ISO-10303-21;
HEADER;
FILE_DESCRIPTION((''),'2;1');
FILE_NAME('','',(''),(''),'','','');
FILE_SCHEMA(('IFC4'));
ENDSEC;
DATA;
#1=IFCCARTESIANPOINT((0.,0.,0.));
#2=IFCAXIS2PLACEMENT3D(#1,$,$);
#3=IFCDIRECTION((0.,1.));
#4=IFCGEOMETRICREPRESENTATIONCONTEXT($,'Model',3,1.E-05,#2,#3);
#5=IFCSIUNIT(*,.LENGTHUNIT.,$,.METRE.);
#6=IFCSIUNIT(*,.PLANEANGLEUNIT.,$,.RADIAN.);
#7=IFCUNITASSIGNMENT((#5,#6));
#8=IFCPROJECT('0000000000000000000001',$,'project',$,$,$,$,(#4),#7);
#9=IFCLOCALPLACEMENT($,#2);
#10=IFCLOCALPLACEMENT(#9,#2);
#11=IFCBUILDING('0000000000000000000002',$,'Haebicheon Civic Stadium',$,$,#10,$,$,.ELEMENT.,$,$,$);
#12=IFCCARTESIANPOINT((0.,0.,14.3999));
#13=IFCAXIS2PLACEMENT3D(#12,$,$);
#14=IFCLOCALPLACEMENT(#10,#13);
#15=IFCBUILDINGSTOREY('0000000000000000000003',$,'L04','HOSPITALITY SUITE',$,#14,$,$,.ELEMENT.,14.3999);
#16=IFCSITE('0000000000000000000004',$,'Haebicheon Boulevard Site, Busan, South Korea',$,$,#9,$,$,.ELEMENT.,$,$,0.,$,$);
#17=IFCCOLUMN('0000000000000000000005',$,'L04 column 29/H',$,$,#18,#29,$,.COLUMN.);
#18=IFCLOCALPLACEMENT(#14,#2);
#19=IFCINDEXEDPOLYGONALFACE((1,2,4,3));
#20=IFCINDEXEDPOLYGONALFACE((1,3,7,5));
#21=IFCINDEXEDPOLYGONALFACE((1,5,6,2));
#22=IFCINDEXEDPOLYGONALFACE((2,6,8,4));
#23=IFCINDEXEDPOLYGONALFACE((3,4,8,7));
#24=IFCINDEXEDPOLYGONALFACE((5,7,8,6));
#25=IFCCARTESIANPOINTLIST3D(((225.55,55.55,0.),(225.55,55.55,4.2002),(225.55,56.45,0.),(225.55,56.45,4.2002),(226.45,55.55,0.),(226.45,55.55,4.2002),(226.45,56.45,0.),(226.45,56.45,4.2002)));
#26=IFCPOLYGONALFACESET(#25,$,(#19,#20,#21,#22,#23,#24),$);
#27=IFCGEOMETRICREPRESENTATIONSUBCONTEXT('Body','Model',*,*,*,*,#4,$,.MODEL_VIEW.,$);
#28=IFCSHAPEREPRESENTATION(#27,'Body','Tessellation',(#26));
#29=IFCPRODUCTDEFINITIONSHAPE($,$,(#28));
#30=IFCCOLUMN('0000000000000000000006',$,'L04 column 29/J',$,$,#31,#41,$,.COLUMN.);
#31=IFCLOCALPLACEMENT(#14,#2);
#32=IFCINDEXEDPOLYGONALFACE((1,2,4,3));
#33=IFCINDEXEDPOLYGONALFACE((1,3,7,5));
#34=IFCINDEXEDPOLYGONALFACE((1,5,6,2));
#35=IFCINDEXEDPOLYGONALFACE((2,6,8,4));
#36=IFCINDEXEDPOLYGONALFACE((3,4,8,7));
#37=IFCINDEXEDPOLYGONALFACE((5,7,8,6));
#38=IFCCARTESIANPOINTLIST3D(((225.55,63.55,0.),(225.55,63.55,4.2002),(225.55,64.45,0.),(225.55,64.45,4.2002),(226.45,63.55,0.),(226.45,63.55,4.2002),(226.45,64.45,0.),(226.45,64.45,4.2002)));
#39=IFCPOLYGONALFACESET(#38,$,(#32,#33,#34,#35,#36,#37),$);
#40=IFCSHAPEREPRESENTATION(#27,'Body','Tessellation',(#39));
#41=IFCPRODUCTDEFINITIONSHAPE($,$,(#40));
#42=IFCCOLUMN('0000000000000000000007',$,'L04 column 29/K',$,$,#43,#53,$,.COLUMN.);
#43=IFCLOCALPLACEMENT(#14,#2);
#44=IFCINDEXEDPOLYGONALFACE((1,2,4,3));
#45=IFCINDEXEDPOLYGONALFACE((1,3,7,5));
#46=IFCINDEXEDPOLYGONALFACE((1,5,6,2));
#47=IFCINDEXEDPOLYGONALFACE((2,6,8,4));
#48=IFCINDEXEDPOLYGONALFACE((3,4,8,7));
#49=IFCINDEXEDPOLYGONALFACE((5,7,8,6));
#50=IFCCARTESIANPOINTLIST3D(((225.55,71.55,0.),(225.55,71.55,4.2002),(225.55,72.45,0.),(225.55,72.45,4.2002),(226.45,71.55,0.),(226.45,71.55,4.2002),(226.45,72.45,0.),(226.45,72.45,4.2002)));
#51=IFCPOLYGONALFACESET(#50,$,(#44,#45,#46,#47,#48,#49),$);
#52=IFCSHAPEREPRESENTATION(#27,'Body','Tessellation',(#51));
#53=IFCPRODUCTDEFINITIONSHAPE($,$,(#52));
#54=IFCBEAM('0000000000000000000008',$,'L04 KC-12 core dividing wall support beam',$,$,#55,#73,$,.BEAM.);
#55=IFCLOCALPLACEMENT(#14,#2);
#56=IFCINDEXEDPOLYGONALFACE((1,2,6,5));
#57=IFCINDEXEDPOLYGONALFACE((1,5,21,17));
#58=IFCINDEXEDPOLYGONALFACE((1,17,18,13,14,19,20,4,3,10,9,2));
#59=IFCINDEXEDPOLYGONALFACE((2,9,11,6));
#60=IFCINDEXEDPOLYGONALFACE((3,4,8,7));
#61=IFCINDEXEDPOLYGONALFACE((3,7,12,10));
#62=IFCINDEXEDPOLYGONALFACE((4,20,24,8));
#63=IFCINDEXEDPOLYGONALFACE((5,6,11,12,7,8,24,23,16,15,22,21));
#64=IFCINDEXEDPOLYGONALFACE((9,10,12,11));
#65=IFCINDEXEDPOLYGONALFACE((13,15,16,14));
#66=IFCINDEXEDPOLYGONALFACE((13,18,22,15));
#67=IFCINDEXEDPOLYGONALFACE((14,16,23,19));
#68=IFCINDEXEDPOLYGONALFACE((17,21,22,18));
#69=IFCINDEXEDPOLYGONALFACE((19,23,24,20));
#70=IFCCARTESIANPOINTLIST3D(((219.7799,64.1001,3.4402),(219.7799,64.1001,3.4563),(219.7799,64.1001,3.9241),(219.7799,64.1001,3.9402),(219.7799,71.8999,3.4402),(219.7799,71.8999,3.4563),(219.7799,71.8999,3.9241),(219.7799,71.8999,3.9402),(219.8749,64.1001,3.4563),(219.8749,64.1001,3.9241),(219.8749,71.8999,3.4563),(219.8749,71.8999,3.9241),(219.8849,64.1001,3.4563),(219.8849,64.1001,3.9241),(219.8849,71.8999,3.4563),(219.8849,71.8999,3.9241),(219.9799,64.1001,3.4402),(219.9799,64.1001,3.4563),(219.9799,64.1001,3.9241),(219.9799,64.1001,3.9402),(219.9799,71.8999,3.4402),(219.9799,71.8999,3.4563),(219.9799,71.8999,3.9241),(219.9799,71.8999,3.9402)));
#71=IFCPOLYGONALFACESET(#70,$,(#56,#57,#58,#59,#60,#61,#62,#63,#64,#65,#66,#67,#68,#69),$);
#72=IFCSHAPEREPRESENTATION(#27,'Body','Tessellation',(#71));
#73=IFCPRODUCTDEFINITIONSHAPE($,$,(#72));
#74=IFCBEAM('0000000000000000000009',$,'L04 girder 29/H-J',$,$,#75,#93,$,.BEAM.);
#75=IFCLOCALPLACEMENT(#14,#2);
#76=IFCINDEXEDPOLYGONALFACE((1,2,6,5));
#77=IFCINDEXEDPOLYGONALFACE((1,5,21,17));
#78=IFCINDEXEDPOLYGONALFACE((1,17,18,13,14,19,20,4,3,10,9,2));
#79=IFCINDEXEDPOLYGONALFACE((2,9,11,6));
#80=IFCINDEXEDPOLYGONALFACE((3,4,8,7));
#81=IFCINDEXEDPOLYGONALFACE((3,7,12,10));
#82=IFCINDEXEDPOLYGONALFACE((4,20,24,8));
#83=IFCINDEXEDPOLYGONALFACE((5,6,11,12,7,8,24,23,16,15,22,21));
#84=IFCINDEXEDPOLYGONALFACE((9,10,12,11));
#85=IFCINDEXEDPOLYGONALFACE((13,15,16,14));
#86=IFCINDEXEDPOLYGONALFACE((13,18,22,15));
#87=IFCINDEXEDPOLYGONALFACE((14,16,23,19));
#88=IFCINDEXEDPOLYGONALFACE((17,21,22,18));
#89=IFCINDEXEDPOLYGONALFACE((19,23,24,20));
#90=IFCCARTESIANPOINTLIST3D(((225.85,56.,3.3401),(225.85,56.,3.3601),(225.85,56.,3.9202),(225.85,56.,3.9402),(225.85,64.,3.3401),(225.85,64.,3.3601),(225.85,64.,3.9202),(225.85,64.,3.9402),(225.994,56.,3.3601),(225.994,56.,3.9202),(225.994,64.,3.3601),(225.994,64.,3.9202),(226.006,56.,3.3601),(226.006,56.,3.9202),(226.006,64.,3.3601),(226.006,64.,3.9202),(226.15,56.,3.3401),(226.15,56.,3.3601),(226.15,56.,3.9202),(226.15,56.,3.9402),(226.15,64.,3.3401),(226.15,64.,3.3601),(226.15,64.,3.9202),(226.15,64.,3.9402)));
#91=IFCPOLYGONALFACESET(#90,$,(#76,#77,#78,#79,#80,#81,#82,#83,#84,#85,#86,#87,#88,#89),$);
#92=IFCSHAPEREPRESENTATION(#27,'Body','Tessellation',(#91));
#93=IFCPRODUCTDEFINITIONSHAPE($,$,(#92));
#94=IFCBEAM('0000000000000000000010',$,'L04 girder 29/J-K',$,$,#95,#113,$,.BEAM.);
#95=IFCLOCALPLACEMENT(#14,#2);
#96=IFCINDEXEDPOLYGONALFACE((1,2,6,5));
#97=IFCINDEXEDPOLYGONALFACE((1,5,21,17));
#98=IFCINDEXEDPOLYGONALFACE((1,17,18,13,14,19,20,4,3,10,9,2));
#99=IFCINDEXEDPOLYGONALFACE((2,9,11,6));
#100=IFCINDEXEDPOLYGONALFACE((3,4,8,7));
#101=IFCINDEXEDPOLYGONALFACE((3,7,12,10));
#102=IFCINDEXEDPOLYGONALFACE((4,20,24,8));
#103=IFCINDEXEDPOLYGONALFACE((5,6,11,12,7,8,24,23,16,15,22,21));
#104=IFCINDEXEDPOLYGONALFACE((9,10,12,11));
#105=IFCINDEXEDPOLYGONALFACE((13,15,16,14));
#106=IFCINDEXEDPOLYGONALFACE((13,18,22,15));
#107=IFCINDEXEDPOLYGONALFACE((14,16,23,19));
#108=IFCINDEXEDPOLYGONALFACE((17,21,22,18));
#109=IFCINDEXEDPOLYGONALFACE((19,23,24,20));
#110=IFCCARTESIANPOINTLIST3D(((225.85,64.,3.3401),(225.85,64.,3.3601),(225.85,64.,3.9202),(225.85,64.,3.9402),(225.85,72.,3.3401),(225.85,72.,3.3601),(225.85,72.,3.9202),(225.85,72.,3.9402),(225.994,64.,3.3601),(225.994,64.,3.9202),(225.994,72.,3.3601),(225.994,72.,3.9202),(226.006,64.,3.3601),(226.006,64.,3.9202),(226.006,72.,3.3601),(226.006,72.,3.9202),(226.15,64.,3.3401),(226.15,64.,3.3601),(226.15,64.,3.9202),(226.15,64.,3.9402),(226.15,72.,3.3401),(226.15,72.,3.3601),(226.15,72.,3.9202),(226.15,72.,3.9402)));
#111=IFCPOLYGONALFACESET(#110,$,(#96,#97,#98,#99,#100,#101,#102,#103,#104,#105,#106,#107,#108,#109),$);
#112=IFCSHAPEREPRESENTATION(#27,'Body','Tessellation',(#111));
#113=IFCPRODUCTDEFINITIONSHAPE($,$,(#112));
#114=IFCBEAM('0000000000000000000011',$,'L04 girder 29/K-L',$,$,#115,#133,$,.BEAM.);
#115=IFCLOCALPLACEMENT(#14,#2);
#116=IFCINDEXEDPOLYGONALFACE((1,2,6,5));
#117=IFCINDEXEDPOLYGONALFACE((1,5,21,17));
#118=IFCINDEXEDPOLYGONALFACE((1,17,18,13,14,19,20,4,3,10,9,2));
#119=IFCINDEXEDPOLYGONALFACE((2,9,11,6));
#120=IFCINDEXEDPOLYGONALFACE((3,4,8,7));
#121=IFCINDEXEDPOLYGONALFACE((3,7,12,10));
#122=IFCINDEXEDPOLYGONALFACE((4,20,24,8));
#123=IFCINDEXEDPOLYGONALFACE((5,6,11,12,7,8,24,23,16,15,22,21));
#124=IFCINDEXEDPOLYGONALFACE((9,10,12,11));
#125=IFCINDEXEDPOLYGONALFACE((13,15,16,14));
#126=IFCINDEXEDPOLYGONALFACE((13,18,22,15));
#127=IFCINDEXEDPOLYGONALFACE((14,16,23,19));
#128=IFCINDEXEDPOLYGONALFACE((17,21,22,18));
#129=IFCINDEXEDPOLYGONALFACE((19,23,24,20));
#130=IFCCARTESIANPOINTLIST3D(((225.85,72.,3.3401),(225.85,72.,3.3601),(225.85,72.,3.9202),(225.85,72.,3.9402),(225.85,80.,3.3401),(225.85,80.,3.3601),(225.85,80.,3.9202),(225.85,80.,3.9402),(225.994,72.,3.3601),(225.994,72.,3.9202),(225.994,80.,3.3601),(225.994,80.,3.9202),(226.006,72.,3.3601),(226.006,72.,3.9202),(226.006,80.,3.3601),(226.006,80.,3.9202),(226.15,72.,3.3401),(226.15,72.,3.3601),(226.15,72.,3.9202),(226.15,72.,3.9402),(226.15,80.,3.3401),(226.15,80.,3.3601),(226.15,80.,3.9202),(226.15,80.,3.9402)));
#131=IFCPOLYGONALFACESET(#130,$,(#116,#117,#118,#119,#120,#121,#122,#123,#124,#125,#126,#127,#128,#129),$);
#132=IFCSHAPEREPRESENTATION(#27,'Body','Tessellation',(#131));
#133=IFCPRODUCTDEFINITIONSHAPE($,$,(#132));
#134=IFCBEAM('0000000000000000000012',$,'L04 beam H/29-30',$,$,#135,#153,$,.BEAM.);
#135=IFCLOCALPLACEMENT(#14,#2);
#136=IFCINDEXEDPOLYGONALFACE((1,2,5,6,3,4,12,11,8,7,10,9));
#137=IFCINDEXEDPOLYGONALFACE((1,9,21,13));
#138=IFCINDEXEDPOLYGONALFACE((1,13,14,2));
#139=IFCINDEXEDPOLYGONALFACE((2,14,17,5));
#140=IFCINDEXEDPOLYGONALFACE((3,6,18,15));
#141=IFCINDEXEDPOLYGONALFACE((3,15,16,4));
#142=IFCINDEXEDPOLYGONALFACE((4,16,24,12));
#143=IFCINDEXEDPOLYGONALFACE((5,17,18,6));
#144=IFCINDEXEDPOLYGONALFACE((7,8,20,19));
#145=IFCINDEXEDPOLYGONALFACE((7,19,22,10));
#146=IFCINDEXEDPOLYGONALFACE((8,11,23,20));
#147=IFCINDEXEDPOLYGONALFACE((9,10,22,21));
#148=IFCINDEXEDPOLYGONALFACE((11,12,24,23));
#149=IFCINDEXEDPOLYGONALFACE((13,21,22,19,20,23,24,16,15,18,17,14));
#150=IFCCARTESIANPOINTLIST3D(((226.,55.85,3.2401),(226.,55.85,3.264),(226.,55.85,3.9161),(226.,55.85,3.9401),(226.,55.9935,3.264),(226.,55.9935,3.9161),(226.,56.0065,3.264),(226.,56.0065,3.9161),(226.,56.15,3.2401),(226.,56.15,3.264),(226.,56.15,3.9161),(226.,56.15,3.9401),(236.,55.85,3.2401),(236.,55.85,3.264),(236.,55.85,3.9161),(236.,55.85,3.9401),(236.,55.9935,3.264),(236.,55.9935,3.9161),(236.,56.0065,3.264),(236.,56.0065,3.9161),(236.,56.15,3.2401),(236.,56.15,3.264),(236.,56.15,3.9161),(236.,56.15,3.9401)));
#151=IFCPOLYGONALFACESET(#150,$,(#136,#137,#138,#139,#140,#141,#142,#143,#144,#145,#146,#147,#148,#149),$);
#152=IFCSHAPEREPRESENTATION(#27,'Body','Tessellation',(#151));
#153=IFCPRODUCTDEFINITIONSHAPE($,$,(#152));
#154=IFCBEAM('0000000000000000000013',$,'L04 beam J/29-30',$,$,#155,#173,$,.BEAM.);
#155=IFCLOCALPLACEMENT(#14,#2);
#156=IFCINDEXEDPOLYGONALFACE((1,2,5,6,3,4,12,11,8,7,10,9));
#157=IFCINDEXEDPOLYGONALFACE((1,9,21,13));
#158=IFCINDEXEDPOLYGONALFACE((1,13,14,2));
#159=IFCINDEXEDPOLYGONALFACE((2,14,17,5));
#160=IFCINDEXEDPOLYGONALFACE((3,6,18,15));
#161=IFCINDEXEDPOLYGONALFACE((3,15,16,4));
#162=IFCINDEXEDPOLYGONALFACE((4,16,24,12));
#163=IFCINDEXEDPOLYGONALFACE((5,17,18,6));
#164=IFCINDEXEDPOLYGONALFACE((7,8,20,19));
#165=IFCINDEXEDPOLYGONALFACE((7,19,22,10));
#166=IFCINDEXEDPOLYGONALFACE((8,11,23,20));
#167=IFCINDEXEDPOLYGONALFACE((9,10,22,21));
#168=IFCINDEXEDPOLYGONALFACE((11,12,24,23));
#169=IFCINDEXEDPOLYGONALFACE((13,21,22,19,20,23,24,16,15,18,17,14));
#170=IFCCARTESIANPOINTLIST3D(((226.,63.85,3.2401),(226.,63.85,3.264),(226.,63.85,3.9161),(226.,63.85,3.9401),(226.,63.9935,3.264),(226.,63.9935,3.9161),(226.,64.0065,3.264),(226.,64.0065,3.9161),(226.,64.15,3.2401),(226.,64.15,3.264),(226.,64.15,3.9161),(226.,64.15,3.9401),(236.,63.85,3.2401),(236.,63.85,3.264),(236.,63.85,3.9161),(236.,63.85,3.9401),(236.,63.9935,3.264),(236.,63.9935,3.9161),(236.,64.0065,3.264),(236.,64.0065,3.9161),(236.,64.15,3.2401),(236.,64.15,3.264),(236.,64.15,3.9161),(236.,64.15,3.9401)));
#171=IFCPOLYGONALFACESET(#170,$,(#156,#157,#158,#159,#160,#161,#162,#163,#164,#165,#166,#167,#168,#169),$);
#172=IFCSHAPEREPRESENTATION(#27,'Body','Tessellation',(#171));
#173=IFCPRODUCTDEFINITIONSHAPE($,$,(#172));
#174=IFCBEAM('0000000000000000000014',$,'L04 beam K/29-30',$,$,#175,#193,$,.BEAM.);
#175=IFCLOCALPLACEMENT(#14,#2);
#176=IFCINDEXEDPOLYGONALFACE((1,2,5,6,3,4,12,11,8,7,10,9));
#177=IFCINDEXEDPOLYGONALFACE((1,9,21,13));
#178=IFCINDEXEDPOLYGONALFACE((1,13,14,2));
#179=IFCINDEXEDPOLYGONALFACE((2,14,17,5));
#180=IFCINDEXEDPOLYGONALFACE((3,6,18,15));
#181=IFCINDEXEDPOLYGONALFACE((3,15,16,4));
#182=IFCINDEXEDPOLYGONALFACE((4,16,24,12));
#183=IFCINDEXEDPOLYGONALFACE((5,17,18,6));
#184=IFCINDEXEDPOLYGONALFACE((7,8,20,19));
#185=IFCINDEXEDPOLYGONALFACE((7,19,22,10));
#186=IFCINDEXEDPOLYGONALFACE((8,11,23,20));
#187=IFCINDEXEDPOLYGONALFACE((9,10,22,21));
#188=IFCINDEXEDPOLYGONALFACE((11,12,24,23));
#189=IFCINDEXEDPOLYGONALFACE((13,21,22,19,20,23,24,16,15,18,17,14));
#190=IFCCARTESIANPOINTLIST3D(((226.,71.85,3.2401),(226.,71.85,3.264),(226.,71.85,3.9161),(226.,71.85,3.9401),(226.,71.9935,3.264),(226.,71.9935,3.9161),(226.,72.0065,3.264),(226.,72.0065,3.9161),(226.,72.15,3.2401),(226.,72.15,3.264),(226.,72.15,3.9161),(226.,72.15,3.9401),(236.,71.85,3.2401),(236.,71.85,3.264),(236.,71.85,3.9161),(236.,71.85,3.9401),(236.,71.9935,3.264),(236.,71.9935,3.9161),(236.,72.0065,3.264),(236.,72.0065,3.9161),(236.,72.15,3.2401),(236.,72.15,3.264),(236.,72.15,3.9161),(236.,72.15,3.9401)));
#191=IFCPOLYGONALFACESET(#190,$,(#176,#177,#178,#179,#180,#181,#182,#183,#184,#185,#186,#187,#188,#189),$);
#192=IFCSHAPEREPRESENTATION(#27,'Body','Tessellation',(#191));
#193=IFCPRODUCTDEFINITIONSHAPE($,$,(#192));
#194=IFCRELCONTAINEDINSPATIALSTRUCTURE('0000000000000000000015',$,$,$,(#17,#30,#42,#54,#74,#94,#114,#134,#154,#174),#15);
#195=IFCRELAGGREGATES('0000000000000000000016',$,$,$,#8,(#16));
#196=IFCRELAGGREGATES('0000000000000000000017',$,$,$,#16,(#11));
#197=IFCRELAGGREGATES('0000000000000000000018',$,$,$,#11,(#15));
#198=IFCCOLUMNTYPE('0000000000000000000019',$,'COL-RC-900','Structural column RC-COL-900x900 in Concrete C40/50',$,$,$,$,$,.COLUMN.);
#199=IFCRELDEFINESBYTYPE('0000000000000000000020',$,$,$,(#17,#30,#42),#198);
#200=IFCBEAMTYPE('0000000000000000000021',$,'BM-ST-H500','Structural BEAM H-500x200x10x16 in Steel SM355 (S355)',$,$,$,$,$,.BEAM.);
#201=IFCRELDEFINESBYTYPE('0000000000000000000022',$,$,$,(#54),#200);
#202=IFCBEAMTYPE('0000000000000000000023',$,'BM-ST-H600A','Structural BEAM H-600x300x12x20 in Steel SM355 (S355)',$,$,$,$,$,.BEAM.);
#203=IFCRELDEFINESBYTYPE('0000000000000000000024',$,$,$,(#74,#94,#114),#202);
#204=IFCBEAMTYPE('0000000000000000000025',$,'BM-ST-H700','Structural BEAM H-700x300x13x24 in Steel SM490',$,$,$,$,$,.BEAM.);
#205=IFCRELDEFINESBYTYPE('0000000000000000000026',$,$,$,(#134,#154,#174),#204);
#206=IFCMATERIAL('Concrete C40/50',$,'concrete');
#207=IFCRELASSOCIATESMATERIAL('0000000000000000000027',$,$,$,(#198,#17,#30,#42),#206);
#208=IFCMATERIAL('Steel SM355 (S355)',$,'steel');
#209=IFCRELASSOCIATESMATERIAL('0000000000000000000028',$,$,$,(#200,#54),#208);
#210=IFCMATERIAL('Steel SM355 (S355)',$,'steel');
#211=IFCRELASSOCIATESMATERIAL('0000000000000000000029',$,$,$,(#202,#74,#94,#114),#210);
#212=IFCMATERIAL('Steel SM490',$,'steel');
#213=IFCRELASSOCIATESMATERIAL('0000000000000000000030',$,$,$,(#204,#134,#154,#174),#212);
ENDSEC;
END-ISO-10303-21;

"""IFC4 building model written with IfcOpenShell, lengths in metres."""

from ifc_helpers import new_model, si_unit, direction, frame, origin, origin_2d, place, context, subcontext, project, spatial, rectangle, i_section, extrude, material, material_profile, profile_set, type_object, element, save


model = new_model("IFC4")

# Units and contexts
model_context = context("Model", 3, precision=1e-05, world=origin(), true_north=direction((0.0, 1.0)))
body_context = subcontext(model_context, "Body", "Model", "MODEL_VIEW")
ifc_project = project(units=[si_unit("LENGTHUNIT", "METRE"), si_unit("PLANEANGLEUNIT", "RADIAN")], contexts=[model_context])

# Site, building, storey
site_placement = place(None, origin())
site = spatial("IfcSite", under=ifc_project, at=site_placement, Name="Haebicheon Boulevard Site, Busan, South Korea", CompositionType="ELEMENT", RefElevation=0.0)
building_placement = place(site_placement, origin())
building = spatial("IfcBuilding", under=site, at=building_placement, Name="Haebicheon Civic Stadium", CompositionType="ELEMENT")
storey_placement = place(building_placement, frame((0.0, 0.0, 14.3999)))
storey = spatial("IfcBuildingStorey", under=building, at=storey_placement, Name="L04", Description="HOSPITALITY SUITE", CompositionType="ELEMENT", Elevation=14.3999)

# Columns
ifc_material_1 = material(Name="Concrete C40/50", Category="concrete")
ifc_material_profile_1 = material_profile(ifc_material_1, rectangle(XDim=0.8999, YDim=0.8999, at=origin_2d()), Name="RC-COL-900x900")
ifc_profile_set_1 = profile_set([ifc_material_profile_1], Name="Concrete C40/50")
column_type = type_object("IfcColumnType", Name="COL-RC-900", Description="Structural column RC-COL-900x900 in Concrete C40/50", PredefinedType="COLUMN", material=ifc_profile_set_1)
for number, where, z_axis, x_axis, name in (
    (1, (226.0, 56.0, 0.0), (0.0, 0.0, 1.0), (1.0, 0.0, 0.0), "L04 column 29/H"),
    (2, (226.0, 64.0, 0.0), (0.0, 0.0, 1.0), (1.0, 0.0, 0.0), "L04 column 29/J"),
    (3, (226.0, 72.0, 0.0), (0.0, 0.0, 1.0), (1.0, 0.0, 0.0), "L04 column 29/K"),
):
    element("IfcColumn", number, at=place(storey_placement, frame(where, z_axis=z_axis, x_axis=x_axis)), inside=storey, type_object=column_type, material=ifc_profile_set_1, Name=name, PredefinedType="COLUMN", context=body_context, shape_type="SweptSolid", body=[
        extrude(rectangle(XDim=0.8999, YDim=0.8999, at=origin_2d()), origin(), (0.0, 0.0, 1.0), 4.2002),
    ])

# Beams
ifc_material_2 = material(Name="Steel SM355 (S355)", Category="steel")
ifc_material_profile_2 = material_profile(ifc_material_2, i_section(OverallWidth=0.2, OverallDepth=0.5, WebThickness=0.01, FlangeThickness=0.0161, at=origin_2d()), Name="H-500x200x10x16")
ifc_profile_set_2 = profile_set([ifc_material_profile_2], Name="Steel SM355 (S355)")
beam_type_1 = type_object("IfcBeamType", Name="BM-ST-H500", Description="Structural BEAM H-500x200x10x16 in Steel SM355 (S355)", PredefinedType="BEAM", material=ifc_profile_set_2)
beam_placement = place(storey_placement, frame((219.8799, 64.1001, 3.6902), z_axis=(0.0, 1.0, 0.0), x_axis=(-1.0, 0.0, 0.0)))
element("IfcBeam", 4, at=beam_placement, inside=storey, type_object=beam_type_1, material=ifc_profile_set_2, Name="L04 KC-12 core dividing wall support beam", PredefinedType="BEAM", context=body_context, shape_type="SweptSolid", body=[
    extrude(i_section(OverallWidth=0.2, OverallDepth=0.5, WebThickness=0.01, FlangeThickness=0.0161, at=origin_2d()), origin(), (0.0, 0.0, 1.0), 7.7998),
])
ifc_material_3 = material(Name="Steel SM355 (S355)", Category="steel")
ifc_material_profile_3 = material_profile(ifc_material_3, i_section(OverallWidth=0.3, OverallDepth=0.6001, WebThickness=0.012, FlangeThickness=0.02, at=origin_2d()), Name="H-600x300x12x20")
ifc_profile_set_3 = profile_set([ifc_material_profile_3], Name="Steel SM355 (S355)")
beam_type_2 = type_object("IfcBeamType", Name="BM-ST-H600A", Description="Structural BEAM H-600x300x12x20 in Steel SM355 (S355)", PredefinedType="BEAM", material=ifc_profile_set_3)
for number, where, z_axis, x_axis, name in (
    (5, (226.0, 56.0, 3.6401), (0.0, 1.0, 0.0), (-1.0, 0.0, 0.0), "L04 girder 29/H-J"),
    (6, (226.0, 64.0, 3.6401), (0.0, 1.0, 0.0), (-1.0, 0.0, 0.0), "L04 girder 29/J-K"),
    (7, (226.0, 72.0, 3.6401), (0.0, 1.0, 0.0), (-1.0, 0.0, 0.0), "L04 girder 29/K-L"),
):
    element("IfcBeam", number, at=place(storey_placement, frame(where, z_axis=z_axis, x_axis=x_axis)), inside=storey, type_object=beam_type_2, material=ifc_profile_set_3, Name=name, PredefinedType="BEAM", context=body_context, shape_type="SweptSolid", body=[
        extrude(i_section(OverallWidth=0.3, OverallDepth=0.6001, WebThickness=0.012, FlangeThickness=0.02, at=origin_2d()), origin(), (0.0, 0.0, 1.0), 8.0),
    ])
ifc_material_4 = material(Name="Steel SM490", Category="steel")
ifc_material_profile_4 = material_profile(ifc_material_4, i_section(OverallWidth=0.3, OverallDepth=0.7, WebThickness=0.0129, FlangeThickness=0.0239, at=origin_2d()), Name="H-700x300x13x24")
ifc_profile_set_4 = profile_set([ifc_material_profile_4], Name="Steel SM490")
beam_type_3 = type_object("IfcBeamType", Name="BM-ST-H700", Description="Structural BEAM H-700x300x13x24 in Steel SM490", PredefinedType="BEAM", material=ifc_profile_set_4)
for number, where, z_axis, x_axis, name in (
    (8, (226.0, 56.0, 3.5901), (1.0, 0.0, 0.0), (0.0, 1.0, 0.0), "L04 beam H/29-30"),
    (9, (226.0, 64.0, 3.5901), (1.0, 0.0, 0.0), (0.0, 1.0, 0.0), "L04 beam J/29-30"),
    (10, (226.0, 72.0, 3.5901), (1.0, 0.0, 0.0), (0.0, 1.0, 0.0), "L04 beam K/29-30"),
):
    element("IfcBeam", number, at=place(storey_placement, frame(where, z_axis=z_axis, x_axis=x_axis)), inside=storey, type_object=beam_type_3, material=ifc_profile_set_4, Name=name, PredefinedType="BEAM", context=body_context, shape_type="SweptSolid", body=[
        extrude(i_section(OverallWidth=0.3, OverallDepth=0.7, WebThickness=0.0129, FlangeThickness=0.0239, at=origin_2d()), origin(), (0.0, 0.0, 1.0), 10.0),
    ])

save(model, "model.ifc")
